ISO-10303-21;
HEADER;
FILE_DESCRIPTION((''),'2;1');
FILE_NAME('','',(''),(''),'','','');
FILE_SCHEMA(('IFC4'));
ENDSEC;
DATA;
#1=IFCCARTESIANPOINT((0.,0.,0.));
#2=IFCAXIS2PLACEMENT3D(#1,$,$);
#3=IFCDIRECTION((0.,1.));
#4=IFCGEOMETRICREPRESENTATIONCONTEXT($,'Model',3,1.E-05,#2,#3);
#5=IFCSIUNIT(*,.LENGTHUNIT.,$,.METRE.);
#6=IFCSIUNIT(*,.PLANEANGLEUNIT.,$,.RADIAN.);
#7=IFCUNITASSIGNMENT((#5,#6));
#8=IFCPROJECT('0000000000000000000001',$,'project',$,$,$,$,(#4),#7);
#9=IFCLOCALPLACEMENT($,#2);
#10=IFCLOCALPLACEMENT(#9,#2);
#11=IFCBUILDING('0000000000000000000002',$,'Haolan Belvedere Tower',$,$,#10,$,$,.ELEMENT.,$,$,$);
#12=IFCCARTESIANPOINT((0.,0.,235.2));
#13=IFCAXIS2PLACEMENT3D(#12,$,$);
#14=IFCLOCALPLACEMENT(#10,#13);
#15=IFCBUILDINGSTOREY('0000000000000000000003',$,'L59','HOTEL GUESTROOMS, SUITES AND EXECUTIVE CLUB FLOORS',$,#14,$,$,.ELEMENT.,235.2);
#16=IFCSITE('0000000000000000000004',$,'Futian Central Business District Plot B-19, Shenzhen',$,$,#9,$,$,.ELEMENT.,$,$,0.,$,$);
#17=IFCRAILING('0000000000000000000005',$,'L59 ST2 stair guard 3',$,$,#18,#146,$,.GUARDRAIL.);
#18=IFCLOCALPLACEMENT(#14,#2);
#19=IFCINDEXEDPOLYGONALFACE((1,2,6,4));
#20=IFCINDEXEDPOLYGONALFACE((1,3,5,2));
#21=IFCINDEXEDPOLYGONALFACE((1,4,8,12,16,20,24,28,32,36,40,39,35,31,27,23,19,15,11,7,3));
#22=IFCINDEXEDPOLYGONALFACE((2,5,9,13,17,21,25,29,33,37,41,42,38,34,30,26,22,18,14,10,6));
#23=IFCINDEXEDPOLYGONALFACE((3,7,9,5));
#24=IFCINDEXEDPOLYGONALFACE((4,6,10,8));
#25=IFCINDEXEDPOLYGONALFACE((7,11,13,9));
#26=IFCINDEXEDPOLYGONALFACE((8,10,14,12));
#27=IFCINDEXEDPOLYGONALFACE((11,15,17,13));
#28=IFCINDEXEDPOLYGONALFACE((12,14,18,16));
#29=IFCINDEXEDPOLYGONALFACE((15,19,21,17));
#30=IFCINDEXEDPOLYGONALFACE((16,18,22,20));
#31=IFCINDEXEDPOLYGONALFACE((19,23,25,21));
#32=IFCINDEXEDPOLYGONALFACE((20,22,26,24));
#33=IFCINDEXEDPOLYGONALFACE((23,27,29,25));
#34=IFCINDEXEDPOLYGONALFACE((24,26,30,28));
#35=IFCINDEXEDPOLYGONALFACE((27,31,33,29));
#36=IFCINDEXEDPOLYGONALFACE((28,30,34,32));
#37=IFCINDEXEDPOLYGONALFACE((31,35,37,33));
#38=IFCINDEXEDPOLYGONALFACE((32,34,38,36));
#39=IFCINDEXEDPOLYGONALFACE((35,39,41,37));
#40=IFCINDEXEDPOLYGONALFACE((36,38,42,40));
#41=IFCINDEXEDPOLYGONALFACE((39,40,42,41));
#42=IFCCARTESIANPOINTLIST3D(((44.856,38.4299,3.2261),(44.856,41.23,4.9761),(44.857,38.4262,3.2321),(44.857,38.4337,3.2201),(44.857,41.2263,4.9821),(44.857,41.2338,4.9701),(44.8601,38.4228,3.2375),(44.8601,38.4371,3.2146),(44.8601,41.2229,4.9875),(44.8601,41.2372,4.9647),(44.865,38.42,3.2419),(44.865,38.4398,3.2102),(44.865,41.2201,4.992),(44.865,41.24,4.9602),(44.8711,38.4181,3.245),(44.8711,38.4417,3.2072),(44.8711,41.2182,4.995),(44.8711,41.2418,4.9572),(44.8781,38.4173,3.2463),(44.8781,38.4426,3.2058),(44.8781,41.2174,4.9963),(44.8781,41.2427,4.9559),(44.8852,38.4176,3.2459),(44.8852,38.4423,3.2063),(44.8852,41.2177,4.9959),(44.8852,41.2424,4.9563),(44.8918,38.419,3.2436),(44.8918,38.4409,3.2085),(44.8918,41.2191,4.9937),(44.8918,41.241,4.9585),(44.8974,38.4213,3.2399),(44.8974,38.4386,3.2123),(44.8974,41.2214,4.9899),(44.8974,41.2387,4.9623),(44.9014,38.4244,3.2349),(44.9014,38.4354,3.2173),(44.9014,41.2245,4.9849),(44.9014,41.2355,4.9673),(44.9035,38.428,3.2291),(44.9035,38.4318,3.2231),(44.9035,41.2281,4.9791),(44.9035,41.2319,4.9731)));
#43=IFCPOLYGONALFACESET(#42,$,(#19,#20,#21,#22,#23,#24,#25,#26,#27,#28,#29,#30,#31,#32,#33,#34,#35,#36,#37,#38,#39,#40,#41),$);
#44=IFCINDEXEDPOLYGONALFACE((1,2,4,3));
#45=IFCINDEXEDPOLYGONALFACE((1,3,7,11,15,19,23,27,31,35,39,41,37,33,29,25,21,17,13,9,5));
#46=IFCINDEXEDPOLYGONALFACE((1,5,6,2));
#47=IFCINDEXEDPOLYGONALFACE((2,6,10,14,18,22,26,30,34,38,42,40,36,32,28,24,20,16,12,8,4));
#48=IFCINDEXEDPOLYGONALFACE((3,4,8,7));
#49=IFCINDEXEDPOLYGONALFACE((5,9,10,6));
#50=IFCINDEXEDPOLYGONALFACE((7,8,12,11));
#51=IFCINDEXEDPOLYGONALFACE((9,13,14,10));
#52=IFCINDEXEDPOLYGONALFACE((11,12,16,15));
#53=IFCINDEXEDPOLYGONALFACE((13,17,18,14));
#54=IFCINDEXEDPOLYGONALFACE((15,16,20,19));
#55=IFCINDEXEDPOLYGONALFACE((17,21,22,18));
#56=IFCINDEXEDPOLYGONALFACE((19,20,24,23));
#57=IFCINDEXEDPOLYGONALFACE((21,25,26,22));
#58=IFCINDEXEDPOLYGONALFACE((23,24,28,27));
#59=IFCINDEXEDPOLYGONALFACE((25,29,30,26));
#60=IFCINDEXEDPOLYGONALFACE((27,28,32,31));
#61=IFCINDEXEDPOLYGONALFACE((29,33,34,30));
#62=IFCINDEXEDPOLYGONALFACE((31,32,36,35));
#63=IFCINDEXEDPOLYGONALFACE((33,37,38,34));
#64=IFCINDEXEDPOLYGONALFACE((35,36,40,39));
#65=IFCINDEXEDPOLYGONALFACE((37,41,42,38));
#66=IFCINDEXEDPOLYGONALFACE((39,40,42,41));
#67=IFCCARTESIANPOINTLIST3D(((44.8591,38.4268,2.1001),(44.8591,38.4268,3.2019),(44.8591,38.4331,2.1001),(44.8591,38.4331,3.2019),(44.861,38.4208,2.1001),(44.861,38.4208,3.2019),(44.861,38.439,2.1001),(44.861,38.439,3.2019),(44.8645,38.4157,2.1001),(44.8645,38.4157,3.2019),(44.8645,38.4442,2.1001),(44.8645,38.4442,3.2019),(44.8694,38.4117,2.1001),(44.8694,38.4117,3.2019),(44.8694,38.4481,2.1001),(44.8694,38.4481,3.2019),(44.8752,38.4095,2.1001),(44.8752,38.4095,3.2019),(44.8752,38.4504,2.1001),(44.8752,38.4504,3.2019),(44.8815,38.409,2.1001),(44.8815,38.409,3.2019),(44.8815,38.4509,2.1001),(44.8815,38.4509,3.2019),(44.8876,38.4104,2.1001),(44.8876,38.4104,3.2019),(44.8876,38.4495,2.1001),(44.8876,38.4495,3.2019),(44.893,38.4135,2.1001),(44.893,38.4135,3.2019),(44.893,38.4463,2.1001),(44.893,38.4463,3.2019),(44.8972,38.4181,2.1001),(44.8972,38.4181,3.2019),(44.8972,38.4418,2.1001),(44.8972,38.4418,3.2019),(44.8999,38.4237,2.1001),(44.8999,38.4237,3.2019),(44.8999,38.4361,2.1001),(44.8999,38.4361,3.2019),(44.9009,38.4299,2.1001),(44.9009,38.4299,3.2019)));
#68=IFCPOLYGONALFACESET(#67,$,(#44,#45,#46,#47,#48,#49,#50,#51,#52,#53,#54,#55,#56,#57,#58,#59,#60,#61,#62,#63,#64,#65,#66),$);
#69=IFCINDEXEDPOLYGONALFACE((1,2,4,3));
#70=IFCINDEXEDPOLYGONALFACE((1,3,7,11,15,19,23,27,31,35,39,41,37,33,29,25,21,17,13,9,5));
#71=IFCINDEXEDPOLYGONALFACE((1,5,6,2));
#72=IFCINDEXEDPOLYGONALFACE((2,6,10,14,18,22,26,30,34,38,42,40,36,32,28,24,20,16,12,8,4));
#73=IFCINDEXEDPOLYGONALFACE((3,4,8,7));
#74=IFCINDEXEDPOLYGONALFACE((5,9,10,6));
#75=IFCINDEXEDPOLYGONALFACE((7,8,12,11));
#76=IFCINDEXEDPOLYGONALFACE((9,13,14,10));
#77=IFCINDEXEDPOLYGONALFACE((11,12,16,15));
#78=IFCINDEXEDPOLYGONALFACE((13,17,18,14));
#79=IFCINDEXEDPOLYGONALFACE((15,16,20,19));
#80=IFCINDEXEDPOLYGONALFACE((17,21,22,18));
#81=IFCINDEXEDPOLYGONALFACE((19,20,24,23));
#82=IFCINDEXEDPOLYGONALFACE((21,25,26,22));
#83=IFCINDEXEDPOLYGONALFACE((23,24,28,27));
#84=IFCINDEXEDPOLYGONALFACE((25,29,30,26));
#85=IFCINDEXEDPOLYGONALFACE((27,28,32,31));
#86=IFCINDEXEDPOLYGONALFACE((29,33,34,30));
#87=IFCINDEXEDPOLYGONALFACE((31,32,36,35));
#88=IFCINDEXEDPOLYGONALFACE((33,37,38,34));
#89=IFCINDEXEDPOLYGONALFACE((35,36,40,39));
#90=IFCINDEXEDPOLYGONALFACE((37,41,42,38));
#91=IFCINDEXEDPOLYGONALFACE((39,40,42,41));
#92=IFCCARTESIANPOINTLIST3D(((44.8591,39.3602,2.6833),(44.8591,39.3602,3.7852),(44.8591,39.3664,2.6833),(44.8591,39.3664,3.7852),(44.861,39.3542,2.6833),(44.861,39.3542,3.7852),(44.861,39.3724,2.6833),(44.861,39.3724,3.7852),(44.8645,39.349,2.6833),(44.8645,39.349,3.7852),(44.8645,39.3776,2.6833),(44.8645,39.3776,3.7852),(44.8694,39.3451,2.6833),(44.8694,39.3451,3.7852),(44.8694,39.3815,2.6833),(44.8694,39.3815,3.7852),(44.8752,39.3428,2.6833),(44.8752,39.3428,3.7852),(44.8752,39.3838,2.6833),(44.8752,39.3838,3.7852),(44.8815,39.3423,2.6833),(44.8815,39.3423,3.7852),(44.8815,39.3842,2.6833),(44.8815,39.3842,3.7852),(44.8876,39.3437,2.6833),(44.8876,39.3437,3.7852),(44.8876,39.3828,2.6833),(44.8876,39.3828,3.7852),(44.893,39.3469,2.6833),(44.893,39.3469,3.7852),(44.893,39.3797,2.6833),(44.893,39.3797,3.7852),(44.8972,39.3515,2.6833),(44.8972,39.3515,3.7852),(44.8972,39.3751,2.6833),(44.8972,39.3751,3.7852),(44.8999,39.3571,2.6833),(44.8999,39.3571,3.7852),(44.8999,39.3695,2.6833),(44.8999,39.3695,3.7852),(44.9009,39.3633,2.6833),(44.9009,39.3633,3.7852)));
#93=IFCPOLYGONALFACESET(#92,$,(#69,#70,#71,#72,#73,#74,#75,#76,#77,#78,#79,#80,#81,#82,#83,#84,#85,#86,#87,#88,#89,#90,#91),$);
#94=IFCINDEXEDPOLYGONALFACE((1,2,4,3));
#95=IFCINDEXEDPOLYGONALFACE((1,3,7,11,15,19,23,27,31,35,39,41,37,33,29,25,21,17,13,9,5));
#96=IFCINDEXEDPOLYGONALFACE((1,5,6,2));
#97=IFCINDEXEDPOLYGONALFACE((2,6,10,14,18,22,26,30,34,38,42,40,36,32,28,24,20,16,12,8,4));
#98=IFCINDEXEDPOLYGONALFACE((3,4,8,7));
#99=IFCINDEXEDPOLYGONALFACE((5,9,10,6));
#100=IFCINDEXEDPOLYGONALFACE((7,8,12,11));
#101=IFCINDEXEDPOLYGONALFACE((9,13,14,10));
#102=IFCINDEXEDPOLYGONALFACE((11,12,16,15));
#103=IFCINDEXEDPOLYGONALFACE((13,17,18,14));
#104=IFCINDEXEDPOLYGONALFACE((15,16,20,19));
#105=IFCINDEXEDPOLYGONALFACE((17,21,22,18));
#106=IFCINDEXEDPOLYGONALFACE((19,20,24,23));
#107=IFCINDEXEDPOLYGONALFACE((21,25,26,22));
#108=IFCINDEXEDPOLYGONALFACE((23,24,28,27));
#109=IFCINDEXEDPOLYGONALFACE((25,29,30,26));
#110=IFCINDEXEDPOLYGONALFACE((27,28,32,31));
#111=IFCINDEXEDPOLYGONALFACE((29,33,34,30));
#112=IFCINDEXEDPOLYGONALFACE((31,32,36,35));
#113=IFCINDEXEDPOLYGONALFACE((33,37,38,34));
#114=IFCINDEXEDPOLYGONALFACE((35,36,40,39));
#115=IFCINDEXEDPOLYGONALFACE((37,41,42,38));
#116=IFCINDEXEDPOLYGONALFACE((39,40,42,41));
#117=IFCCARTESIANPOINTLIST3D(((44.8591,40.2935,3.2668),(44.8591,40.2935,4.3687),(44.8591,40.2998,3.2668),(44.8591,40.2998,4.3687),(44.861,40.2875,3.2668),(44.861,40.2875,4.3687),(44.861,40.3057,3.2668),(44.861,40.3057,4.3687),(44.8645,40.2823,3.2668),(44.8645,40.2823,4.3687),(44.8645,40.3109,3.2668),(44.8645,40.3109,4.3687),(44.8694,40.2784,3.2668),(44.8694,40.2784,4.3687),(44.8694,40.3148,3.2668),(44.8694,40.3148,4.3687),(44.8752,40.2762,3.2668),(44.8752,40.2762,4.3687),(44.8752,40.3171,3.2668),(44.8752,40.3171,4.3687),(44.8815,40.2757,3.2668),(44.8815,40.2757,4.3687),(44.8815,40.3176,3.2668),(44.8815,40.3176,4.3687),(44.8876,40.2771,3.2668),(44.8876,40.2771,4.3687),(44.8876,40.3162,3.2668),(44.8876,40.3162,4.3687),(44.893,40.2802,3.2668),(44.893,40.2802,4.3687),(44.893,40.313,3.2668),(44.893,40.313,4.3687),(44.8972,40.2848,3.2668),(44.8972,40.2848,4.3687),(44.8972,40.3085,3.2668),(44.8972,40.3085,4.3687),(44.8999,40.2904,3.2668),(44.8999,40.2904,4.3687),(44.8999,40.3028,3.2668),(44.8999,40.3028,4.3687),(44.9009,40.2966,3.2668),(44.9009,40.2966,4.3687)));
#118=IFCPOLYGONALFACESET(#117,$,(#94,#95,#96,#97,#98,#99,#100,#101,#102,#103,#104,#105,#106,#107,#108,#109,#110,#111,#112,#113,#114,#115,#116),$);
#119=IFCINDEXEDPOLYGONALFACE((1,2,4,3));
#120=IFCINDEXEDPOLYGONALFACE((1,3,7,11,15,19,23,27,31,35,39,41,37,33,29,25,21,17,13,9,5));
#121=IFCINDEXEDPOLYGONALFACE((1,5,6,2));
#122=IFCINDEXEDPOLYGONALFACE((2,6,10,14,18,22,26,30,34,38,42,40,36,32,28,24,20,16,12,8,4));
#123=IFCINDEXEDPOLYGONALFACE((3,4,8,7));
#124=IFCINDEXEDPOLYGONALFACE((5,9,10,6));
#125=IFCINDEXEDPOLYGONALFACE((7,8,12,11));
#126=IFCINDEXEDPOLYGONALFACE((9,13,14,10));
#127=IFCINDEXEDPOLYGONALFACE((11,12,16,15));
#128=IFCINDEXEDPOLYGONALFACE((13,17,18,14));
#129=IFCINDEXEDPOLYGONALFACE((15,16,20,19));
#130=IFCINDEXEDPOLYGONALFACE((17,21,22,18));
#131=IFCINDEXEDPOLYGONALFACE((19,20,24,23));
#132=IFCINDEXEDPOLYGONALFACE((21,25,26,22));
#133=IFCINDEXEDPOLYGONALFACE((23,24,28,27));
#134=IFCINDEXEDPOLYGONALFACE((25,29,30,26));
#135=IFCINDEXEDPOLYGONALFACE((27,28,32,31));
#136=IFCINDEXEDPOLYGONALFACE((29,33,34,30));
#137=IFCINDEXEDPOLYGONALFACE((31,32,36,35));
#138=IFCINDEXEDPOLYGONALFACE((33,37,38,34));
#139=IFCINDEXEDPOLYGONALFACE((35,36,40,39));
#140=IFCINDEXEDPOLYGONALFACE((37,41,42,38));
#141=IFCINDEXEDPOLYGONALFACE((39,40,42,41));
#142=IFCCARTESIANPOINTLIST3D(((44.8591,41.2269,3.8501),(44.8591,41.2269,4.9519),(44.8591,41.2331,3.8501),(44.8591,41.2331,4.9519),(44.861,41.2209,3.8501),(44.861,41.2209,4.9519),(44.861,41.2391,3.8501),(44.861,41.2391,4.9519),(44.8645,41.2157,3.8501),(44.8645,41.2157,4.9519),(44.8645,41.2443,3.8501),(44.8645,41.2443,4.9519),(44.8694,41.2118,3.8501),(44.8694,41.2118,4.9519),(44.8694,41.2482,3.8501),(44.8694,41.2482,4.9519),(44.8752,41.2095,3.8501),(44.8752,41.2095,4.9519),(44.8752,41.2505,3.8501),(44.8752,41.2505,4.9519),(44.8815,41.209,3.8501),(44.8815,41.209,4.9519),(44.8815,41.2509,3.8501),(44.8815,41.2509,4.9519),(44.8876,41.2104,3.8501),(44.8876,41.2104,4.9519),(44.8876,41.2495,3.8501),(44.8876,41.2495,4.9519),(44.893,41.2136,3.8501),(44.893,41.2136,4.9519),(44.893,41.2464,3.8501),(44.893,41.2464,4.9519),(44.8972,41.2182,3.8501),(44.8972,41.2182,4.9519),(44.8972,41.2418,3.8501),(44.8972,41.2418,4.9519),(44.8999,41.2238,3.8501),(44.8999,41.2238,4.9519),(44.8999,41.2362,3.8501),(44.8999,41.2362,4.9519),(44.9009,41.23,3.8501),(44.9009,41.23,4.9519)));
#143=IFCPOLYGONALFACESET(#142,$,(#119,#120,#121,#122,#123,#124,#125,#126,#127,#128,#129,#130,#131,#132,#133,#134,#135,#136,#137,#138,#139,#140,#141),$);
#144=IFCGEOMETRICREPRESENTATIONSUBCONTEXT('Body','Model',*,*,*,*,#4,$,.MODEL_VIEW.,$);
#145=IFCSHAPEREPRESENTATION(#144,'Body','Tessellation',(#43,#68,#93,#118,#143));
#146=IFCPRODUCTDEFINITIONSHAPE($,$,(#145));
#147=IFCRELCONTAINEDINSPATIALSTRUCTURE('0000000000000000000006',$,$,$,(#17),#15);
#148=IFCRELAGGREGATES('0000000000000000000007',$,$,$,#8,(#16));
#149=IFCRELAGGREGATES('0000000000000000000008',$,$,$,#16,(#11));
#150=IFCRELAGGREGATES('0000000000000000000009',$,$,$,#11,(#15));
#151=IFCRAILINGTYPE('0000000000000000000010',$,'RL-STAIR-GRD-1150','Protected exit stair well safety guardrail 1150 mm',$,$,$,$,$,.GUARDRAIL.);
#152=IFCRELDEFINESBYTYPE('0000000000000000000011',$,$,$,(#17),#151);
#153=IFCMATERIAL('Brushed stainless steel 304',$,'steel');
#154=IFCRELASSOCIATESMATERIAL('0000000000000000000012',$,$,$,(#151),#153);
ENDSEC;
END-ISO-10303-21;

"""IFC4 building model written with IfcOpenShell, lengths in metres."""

from ifc_helpers import new_model, si_unit, direction, frame, origin, origin_2d, place, context, subcontext, project, spatial, circle, extrude, material, type_object, element, save


model = new_model("IFC4")

# Units and contexts
model_context = context("Model", 3, precision=1e-05, world=origin(), true_north=direction((0.0, 1.0)))
body_context = subcontext(model_context, "Body", "Model", "MODEL_VIEW")
ifc_project = project(units=[si_unit("LENGTHUNIT", "METRE"), si_unit("PLANEANGLEUNIT", "RADIAN")], contexts=[model_context])

# Site, building, storey
site_placement = place(None, origin())
site = spatial("IfcSite", under=ifc_project, at=site_placement, Name="Futian Central Business District Plot B-19, Shenzhen", CompositionType="ELEMENT", RefElevation=0.0)
building_placement = place(site_placement, origin())
building = spatial("IfcBuilding", under=site, at=building_placement, Name="Haolan Belvedere Tower", CompositionType="ELEMENT")
storey_placement = place(building_placement, frame((0.0, 0.0, 235.2)))
storey = spatial("IfcBuildingStorey", under=building, at=storey_placement, Name="L59", Description="HOTEL GUESTROOMS, SUITES AND EXECUTIVE CLUB FLOORS", CompositionType="ELEMENT", Elevation=235.2)

# Railing
ifc_material_1 = material(Name="Brushed stainless steel 304", Category="steel")
railing_type_1 = type_object("IfcRailingType", Name="RL-STAIR-GRD-1150", Description="Protected exit stair well safety guardrail 1150 mm", PredefinedType="GUARDRAIL", material=ifc_material_1)
railing_1_placement = place(storey_placement, frame((44.8799, 38.4299, 2.1001)))
element("IfcRailing", 1, at=railing_1_placement, inside=storey, type_object=railing_type_1, Name="L59 ST2 stair guard 3", PredefinedType="GUARDRAIL", context=body_context, shape_type="SweptSolid", body=[
    extrude(circle(Radius=0.0239, at=origin_2d()), frame((0.0, 0.0, 1.126), z_axis=(0.0, 0.848002, 0.529992), x_axis=(-1.0, 0.0, 0.0)), (0.0, 0.0, 1.0), 3.302),
    extrude(circle(Radius=0.021, at=origin_2d()), origin(), (0.0, 0.0, 1.0), 1.1018),
    extrude(circle(Radius=0.021, at=origin_2d()), frame((0.0, 0.9333, 0.5833)), (0.0, 0.0, 1.0), 1.1018),
    extrude(circle(Radius=0.021, at=origin_2d()), frame((0.0, 1.8667, 1.1667)), (0.0, 0.0, 1.0), 1.1018),
    extrude(circle(Radius=0.021, at=origin_2d()), frame((0.0, 2.8, 1.75)), (0.0, 0.0, 1.0), 1.1018),
])

save(model, "model.ifc")
